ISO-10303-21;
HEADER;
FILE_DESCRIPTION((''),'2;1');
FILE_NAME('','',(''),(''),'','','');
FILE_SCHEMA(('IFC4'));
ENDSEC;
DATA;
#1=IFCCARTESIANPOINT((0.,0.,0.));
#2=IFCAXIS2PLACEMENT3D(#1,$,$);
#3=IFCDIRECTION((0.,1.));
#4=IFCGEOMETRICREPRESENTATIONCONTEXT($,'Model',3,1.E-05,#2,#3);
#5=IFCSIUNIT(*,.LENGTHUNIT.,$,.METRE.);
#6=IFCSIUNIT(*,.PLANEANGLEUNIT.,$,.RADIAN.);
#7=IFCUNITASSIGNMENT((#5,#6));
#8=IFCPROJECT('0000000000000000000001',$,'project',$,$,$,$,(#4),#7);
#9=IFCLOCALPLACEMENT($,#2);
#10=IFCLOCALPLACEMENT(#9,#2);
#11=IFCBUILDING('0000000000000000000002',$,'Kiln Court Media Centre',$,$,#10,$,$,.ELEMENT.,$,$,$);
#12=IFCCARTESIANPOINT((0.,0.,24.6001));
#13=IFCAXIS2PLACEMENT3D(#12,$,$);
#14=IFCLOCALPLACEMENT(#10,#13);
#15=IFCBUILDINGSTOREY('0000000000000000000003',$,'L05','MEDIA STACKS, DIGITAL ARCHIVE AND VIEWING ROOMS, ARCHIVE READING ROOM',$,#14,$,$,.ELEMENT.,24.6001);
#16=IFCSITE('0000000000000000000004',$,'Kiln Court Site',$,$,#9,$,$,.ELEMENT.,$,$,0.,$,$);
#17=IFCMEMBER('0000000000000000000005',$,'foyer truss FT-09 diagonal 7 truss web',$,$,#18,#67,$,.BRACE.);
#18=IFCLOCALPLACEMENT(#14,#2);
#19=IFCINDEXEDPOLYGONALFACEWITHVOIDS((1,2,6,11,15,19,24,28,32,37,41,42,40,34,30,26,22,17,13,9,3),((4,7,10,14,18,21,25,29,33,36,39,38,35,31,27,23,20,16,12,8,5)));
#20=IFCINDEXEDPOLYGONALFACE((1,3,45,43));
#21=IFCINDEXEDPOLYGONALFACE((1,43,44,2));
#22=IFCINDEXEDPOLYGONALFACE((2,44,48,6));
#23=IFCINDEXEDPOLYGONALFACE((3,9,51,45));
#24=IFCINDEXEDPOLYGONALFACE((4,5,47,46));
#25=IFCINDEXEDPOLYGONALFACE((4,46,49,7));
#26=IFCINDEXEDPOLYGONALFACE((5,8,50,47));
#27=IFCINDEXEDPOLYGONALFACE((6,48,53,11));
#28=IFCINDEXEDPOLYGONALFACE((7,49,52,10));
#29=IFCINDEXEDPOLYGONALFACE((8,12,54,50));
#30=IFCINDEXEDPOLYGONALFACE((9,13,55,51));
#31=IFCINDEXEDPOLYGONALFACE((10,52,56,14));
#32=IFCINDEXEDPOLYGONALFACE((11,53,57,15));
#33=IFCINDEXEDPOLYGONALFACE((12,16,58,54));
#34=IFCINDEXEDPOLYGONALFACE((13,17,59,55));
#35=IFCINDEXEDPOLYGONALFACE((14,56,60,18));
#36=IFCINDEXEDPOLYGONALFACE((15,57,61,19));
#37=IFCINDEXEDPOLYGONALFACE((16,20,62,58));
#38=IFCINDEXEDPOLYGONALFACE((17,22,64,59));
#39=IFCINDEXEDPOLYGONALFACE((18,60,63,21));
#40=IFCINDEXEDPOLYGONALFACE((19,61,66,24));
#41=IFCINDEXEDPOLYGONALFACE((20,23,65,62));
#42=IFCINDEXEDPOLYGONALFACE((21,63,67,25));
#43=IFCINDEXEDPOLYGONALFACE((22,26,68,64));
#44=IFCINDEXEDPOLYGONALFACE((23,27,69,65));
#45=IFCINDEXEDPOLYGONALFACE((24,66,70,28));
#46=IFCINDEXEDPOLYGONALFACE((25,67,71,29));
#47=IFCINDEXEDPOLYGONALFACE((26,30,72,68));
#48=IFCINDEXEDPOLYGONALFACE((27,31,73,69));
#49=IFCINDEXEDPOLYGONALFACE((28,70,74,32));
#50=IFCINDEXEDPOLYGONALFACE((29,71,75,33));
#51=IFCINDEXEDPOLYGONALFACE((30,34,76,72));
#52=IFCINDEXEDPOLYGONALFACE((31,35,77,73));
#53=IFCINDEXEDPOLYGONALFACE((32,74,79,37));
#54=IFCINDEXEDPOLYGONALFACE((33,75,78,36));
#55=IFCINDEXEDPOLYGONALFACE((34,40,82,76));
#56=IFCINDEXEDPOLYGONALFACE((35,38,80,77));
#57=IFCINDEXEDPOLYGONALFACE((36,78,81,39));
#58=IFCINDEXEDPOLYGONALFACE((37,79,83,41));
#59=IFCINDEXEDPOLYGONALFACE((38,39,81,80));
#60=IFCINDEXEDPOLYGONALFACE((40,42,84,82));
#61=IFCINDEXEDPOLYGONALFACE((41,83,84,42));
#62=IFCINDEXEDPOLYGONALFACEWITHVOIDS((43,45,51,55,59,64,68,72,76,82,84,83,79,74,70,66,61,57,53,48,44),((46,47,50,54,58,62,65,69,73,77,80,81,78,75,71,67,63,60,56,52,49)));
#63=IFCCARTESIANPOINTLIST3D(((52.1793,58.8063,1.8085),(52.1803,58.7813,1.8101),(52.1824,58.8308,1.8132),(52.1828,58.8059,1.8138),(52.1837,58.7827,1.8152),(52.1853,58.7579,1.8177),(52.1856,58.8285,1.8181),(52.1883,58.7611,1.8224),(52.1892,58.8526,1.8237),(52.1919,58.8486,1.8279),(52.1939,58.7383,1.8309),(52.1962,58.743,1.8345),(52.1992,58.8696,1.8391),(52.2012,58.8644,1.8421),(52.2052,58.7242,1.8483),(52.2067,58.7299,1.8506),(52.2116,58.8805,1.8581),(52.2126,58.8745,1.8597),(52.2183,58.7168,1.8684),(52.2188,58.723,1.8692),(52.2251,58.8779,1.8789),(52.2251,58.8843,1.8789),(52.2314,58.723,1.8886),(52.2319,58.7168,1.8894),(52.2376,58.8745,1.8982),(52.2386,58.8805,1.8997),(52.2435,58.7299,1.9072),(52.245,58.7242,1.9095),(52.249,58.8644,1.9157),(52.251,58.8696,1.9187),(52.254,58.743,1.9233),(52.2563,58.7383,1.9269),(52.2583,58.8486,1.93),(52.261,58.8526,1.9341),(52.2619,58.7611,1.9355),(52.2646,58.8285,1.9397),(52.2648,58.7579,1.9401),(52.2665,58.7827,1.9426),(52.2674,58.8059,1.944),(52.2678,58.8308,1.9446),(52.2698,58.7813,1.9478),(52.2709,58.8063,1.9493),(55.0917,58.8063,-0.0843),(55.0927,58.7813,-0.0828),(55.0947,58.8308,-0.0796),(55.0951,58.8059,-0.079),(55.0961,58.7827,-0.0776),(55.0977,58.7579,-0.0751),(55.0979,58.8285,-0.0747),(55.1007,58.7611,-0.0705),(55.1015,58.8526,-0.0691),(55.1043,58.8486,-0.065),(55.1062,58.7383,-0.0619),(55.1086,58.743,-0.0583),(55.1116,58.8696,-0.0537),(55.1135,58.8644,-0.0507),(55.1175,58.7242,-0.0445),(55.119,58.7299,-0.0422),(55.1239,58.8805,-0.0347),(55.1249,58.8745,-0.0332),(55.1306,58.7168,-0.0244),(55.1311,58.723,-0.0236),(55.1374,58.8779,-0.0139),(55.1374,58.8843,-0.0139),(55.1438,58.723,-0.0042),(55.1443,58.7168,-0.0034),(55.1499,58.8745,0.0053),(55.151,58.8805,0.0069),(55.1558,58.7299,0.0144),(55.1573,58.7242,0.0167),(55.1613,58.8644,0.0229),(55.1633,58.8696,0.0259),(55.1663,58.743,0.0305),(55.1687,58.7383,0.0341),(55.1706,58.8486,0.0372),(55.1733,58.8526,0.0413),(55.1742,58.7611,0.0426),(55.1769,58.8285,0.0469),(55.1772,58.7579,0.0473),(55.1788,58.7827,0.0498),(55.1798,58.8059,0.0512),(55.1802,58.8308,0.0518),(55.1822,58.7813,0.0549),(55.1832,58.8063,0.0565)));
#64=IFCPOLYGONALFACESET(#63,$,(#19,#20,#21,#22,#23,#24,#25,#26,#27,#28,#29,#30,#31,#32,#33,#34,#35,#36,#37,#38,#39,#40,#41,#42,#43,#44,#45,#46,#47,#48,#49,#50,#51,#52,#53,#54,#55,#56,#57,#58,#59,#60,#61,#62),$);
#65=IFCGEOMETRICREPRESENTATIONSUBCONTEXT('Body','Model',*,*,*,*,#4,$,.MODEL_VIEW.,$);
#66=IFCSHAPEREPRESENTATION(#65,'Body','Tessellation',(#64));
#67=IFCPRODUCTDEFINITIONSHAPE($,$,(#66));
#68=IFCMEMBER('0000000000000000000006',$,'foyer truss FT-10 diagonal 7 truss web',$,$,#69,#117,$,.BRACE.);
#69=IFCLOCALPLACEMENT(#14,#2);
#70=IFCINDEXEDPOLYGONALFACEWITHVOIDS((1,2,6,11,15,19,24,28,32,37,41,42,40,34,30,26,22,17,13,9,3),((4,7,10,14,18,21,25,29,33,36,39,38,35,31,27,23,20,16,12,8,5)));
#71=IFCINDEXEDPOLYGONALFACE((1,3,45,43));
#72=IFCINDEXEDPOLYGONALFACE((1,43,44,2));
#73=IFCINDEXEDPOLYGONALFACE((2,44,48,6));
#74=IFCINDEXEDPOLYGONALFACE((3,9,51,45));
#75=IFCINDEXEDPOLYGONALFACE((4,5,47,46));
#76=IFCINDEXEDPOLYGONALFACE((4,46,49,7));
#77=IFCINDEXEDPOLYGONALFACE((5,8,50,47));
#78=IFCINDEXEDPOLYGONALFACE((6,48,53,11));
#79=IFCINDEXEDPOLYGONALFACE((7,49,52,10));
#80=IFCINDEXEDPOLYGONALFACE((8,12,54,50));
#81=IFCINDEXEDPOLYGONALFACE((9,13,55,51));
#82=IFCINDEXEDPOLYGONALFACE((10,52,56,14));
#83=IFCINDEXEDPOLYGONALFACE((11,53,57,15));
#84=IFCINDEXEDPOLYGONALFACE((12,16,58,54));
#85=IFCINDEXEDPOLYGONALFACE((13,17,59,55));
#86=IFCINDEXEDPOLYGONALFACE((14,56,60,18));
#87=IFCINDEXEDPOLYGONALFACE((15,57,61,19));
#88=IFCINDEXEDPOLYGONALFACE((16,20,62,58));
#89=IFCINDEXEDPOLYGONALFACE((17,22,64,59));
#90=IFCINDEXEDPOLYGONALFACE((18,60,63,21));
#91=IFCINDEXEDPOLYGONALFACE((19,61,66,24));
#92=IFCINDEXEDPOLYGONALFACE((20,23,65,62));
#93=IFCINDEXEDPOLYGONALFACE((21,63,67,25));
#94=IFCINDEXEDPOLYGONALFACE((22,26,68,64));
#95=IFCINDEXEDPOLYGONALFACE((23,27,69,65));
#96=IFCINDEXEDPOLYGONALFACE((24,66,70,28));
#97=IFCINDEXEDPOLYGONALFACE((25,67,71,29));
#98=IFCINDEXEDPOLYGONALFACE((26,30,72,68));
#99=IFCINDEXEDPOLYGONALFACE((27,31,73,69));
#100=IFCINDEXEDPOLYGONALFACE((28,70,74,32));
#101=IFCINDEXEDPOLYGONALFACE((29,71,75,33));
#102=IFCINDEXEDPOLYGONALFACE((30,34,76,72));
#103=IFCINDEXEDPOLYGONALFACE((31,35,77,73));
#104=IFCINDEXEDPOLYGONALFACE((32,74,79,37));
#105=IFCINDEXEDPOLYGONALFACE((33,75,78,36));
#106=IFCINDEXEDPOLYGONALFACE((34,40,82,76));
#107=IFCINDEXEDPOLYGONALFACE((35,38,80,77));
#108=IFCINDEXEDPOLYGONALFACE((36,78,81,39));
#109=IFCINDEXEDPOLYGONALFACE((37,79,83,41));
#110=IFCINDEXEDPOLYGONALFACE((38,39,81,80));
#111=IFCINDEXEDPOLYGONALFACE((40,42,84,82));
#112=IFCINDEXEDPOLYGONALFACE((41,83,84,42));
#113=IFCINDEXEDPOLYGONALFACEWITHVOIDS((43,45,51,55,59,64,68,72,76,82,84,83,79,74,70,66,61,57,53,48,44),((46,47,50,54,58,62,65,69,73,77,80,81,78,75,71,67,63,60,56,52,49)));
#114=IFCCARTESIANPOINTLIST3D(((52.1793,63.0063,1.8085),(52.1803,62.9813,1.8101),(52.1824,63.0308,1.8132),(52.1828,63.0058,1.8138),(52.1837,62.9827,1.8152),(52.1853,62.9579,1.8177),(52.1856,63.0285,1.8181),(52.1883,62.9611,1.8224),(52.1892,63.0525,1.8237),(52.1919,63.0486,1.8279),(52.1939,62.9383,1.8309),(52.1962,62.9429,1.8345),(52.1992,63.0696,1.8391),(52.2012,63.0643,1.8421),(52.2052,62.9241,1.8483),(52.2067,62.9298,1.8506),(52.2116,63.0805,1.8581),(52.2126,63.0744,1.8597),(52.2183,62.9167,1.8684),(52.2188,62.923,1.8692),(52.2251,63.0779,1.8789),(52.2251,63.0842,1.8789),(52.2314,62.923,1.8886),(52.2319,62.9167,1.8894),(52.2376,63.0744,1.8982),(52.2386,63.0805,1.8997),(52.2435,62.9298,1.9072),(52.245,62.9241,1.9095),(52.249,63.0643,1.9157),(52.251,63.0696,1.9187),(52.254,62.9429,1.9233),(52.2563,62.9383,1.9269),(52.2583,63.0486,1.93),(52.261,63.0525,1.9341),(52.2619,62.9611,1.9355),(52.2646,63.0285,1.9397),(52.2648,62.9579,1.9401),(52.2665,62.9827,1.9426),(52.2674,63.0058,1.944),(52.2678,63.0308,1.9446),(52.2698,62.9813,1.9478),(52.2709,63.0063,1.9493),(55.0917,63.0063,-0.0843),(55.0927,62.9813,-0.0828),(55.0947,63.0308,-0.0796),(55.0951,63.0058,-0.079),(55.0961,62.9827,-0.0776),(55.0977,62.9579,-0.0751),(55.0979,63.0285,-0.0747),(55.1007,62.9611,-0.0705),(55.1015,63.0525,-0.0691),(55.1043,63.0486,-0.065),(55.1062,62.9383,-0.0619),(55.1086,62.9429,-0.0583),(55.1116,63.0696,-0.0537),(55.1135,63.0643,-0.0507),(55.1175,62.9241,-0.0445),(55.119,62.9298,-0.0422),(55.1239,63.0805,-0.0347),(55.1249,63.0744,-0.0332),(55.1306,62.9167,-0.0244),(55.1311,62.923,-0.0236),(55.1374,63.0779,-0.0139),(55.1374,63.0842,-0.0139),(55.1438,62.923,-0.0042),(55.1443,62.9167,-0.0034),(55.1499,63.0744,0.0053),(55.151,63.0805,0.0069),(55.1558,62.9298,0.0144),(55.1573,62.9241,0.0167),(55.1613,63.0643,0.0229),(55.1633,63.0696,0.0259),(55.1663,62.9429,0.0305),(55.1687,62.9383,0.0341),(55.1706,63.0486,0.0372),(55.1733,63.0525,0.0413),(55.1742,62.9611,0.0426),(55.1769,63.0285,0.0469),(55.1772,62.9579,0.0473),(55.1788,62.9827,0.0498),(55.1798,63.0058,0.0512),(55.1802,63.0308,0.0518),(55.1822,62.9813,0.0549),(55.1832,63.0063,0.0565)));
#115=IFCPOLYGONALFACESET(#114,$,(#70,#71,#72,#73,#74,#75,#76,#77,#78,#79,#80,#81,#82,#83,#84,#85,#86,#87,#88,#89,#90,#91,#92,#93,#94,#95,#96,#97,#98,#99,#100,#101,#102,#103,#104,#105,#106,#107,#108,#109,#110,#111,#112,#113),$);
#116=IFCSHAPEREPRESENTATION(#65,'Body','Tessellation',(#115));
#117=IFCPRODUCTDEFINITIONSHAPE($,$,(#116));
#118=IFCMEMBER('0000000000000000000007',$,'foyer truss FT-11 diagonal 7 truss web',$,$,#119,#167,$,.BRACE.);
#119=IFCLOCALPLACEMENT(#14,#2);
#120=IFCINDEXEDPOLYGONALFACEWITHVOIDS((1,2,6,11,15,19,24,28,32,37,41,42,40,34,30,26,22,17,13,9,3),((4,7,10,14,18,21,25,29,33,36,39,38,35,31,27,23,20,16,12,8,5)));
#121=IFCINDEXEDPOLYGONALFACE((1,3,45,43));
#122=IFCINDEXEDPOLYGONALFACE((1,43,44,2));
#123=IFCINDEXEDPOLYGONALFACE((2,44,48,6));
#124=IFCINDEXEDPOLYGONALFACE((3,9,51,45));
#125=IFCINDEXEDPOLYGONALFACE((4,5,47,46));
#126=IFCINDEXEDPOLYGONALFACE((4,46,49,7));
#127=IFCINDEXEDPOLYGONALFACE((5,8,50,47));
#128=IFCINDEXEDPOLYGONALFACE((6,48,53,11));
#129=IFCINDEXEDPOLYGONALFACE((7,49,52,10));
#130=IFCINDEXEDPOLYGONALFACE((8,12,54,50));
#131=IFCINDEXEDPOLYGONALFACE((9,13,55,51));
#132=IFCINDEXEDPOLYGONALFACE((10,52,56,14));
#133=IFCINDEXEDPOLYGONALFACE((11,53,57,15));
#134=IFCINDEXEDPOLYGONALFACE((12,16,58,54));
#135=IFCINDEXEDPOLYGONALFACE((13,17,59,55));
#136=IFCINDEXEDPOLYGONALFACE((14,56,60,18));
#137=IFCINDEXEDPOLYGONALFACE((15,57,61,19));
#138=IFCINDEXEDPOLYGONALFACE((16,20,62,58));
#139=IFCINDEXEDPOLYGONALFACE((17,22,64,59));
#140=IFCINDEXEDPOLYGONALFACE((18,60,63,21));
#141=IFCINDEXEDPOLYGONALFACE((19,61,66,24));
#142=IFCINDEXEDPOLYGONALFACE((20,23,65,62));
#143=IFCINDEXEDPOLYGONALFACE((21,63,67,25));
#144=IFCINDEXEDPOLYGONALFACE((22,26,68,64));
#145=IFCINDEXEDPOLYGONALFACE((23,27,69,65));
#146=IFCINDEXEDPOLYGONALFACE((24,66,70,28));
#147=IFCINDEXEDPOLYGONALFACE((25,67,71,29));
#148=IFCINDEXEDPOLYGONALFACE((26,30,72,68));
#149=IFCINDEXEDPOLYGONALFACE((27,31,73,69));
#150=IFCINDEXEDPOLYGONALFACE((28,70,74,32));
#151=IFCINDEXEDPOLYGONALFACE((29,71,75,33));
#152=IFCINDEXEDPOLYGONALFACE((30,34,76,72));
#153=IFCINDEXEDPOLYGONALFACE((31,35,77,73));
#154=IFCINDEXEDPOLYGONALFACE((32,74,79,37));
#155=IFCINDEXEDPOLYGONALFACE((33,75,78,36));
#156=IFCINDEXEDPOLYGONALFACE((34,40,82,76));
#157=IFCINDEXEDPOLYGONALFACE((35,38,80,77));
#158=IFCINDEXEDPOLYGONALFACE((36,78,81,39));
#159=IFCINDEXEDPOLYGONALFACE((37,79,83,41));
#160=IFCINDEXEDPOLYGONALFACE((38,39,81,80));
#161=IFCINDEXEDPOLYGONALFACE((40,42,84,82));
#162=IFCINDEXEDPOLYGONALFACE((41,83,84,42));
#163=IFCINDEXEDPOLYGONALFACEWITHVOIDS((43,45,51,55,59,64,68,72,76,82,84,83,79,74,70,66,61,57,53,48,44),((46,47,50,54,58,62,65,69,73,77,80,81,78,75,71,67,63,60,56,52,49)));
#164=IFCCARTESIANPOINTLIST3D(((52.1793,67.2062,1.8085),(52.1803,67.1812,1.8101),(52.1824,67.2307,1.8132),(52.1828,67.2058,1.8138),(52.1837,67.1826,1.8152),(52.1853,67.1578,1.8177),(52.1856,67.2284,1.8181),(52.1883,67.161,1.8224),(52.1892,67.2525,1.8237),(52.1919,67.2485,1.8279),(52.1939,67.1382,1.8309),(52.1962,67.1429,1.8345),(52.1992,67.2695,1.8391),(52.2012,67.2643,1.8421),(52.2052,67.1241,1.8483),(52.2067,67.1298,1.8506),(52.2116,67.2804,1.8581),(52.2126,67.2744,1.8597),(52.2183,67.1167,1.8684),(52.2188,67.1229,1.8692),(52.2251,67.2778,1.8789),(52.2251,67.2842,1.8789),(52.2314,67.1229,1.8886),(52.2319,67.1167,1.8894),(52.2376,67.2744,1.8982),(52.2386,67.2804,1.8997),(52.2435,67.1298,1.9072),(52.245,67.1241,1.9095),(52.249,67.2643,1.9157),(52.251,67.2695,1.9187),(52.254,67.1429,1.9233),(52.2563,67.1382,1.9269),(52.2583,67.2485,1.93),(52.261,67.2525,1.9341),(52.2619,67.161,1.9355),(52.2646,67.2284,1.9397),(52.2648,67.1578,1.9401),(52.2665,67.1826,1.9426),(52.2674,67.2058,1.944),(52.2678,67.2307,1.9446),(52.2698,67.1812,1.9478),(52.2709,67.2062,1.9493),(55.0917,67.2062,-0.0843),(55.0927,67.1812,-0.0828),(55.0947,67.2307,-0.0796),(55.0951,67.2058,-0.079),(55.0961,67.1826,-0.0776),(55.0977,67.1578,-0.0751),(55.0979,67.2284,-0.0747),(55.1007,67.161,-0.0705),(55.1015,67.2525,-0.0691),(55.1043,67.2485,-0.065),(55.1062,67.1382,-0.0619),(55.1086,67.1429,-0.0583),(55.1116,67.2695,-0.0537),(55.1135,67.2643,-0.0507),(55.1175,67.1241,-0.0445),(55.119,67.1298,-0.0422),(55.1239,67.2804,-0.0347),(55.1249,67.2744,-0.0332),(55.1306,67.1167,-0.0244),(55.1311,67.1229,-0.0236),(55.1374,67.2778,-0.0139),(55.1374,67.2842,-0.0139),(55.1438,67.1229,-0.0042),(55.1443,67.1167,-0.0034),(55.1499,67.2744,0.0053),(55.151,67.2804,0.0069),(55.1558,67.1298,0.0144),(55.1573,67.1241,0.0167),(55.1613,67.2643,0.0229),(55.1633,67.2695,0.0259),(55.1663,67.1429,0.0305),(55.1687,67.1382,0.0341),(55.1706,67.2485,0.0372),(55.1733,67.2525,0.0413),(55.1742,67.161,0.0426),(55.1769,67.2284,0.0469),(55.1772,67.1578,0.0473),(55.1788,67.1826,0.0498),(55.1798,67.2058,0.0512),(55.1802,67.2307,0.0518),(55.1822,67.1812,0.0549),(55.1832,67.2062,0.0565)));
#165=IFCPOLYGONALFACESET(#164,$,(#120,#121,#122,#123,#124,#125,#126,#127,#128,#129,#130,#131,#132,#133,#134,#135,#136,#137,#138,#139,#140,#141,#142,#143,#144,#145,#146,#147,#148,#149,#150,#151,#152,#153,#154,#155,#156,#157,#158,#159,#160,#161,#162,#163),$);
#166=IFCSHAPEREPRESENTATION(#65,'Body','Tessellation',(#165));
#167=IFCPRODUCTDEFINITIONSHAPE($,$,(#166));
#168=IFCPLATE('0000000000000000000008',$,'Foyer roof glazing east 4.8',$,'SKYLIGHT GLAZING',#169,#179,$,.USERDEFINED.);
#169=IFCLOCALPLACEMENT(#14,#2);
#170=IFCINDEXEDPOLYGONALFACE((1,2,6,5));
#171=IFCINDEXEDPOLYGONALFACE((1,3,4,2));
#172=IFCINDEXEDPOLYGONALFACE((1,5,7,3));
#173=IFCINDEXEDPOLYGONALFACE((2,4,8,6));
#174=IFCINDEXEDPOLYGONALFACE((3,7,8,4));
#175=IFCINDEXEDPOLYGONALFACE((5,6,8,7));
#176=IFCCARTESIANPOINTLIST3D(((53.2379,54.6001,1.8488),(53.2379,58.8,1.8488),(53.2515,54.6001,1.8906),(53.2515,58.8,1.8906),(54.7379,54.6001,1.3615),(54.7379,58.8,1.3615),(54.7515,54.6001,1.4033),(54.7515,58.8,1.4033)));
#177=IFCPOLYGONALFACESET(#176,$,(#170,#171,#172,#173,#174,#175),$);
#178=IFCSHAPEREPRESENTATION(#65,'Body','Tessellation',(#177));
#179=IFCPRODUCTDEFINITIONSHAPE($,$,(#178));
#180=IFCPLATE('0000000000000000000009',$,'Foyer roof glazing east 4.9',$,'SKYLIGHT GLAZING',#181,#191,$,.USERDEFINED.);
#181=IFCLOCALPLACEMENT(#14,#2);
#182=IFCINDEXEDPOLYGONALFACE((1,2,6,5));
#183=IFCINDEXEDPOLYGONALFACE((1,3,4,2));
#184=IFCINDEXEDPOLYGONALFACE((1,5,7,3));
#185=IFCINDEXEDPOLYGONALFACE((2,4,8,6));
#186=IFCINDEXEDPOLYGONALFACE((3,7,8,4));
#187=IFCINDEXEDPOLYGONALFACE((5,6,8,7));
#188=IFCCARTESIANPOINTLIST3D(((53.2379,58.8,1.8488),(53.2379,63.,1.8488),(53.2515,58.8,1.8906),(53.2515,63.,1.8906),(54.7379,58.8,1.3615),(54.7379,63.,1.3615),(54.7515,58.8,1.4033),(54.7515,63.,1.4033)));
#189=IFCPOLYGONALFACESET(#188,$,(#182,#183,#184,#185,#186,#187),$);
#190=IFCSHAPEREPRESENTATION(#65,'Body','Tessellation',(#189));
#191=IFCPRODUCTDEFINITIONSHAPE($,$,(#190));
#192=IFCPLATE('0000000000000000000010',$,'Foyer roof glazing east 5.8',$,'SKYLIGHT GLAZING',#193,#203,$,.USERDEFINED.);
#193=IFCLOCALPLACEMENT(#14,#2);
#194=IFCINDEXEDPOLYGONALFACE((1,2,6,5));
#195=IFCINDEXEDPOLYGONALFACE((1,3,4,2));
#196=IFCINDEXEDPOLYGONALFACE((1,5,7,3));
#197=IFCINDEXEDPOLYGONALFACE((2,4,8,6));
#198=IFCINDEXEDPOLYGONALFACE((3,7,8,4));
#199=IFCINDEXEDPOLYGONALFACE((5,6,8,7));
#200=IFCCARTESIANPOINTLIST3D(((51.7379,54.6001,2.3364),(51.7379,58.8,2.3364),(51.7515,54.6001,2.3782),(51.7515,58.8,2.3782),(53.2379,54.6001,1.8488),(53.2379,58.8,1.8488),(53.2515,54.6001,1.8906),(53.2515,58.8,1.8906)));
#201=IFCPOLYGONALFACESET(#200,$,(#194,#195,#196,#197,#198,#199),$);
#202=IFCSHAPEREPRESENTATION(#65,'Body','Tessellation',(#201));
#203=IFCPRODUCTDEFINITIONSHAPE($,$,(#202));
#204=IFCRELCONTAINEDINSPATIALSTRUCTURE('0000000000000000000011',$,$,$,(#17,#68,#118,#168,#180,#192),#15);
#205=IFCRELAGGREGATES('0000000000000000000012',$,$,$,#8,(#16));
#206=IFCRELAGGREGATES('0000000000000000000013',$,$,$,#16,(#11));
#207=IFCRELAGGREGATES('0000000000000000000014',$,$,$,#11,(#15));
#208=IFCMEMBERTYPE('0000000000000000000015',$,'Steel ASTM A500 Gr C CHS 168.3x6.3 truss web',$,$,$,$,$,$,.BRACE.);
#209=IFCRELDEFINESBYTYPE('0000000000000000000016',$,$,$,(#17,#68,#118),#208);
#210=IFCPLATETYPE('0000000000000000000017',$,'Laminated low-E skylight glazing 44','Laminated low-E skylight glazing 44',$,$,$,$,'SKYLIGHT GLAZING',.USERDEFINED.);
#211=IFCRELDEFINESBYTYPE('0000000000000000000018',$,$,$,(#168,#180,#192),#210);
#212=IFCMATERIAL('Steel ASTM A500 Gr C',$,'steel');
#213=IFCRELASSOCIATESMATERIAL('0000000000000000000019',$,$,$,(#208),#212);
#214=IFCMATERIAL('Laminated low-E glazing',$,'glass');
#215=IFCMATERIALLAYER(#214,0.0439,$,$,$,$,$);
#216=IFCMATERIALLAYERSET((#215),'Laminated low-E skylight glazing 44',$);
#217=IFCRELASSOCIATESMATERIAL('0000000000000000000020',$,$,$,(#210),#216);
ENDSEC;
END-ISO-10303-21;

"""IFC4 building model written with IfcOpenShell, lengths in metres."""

from ifc_helpers import new_model, si_unit, direction, frame, origin, origin_2d, place, context, subcontext, project, spatial, polyline, hollow_circle, outline, extrude, material, layer, layer_set, material_profile, profile_set, type_object, element, save


model = new_model("IFC4")

# Units and contexts
model_context = context("Model", 3, precision=1e-05, world=origin(), true_north=direction((0.0, 1.0)))
body_context = subcontext(model_context, "Body", "Model", "MODEL_VIEW")
ifc_project = project(units=[si_unit("LENGTHUNIT", "METRE"), si_unit("PLANEANGLEUNIT", "RADIAN")], contexts=[model_context])

# Site, building, storey
site_placement = place(None, origin())
site = spatial("IfcSite", under=ifc_project, at=site_placement, Name="Kiln Court Site", CompositionType="ELEMENT", RefElevation=0.0)
building_placement = place(site_placement, origin())
building = spatial("IfcBuilding", under=site, at=building_placement, Name="Kiln Court Media Centre", CompositionType="ELEMENT")
storey_placement = place(building_placement, frame((0.0, 0.0, 24.6001)))
storey = spatial("IfcBuildingStorey", under=building, at=storey_placement, Name="L05", Description="MEDIA STACKS, DIGITAL ARCHIVE AND VIEWING ROOMS, ARCHIVE READING ROOM", CompositionType="ELEMENT", Elevation=24.6001)

# Members
ifc_material_1 = material(Name="Steel ASTM A500 Gr C", Category="steel")
ifc_material_profile_1 = material_profile(ifc_material_1, hollow_circle(Radius=0.0842, WallThickness=0.0063, at=origin_2d()), Name="CHS 168.3x6.3")
ifc_profile_set_1 = profile_set([ifc_material_profile_1], Name="Steel ASTM A500 Gr C")
member_type_1 = type_object("IfcMemberType", Name="Steel ASTM A500 Gr C CHS 168.3x6.3 truss web", PredefinedType="BRACE", material=ifc_profile_set_1)
for number, where, z_axis, x_axis, name in (
    (1, (52.2251, 58.8, 1.8789), (0.838471, 0.0, -0.544946), (0.0, 1.0, 0.0), "foyer truss FT-09 diagonal 7 truss web"),
    (2, (52.2251, 63.0, 1.8789), (0.838471, 0.0, -0.544946), (0.0, 1.0, 0.0), "foyer truss FT-10 diagonal 7 truss web"),
    (3, (52.2251, 67.2, 1.8789), (0.838471, 0.0, -0.544946), (0.0, 1.0, 0.0), "foyer truss FT-11 diagonal 7 truss web"),
):
    element("IfcMember", number, at=place(storey_placement, frame(where, z_axis=z_axis, x_axis=x_axis)), inside=storey, type_object=member_type_1, Name=name, PredefinedType="BRACE", context=body_context, shape_type="SweptSolid", body=[
        extrude(hollow_circle(Radius=0.0842, WallThickness=0.0063, at=origin_2d()), origin(), (0.0, 0.0, 1.0), 3.4734),
    ])

# Plates
ifc_material_2 = material(Name="Laminated low-E glazing", Category="glass")
ifc_layer_1 = layer(ifc_material_2, 0.0439)
ifc_layer_set_1 = layer_set([ifc_layer_1], Name="Laminated low-E skylight glazing 44")
plate_type_1 = type_object("IfcPlateType", Name="Laminated low-E skylight glazing 44", Description="Laminated low-E skylight glazing 44", ElementType="SKYLIGHT GLAZING", PredefinedType="USERDEFINED", material=ifc_layer_set_1)
for number, where, z_axis, x_axis, name in (
    (4, (54.7515, 58.8, 1.4033), (0.308974, 0.0, 0.95107), (-0.95107, 0.0, 0.308974), "Foyer roof glazing east 4.8"),
    (5, (54.7515, 63.0, 1.4033), (0.308974, 0.0, 0.95107), (-0.95107, 0.0, 0.308974), "Foyer roof glazing east 4.9"),
):
    element("IfcPlate", number, at=place(storey_placement, frame(where, z_axis=z_axis, x_axis=x_axis)), inside=storey, type_object=plate_type_1, Name=name, ObjectType="SKYLIGHT GLAZING", PredefinedType="USERDEFINED", context=body_context, shape_type="SweptSolid", body=[
        extrude(outline(polyline([(0.0, 0.0), (1.5772, 0.0), (1.5772, 4.2), (0.0, 4.2), (0.0, 0.0)])), origin(), (0.0, 0.0, -1.0), 0.0439),
    ])
for number, where, z_axis, x_axis, name in (
    (6, (53.2515, 58.8, 1.8906), (0.309114, 0.0, 0.951025), (-0.951025, 0.0, 0.309114), "Foyer roof glazing east 5.8"),
):
    element("IfcPlate", number, at=place(storey_placement, frame(where, z_axis=z_axis, x_axis=x_axis)), inside=storey, type_object=plate_type_1, Name=name, ObjectType="SKYLIGHT GLAZING", PredefinedType="USERDEFINED", context=body_context, shape_type="SweptSolid", body=[
        extrude(outline(polyline([(0.0, 0.0), (1.5772, 0.0), (1.5772, 4.2), (0.0, 4.2), (0.0, 0.0)])), origin(), (0.0, 0.0, -1.0), 0.0439),
    ])

save(model, "model.ifc")
